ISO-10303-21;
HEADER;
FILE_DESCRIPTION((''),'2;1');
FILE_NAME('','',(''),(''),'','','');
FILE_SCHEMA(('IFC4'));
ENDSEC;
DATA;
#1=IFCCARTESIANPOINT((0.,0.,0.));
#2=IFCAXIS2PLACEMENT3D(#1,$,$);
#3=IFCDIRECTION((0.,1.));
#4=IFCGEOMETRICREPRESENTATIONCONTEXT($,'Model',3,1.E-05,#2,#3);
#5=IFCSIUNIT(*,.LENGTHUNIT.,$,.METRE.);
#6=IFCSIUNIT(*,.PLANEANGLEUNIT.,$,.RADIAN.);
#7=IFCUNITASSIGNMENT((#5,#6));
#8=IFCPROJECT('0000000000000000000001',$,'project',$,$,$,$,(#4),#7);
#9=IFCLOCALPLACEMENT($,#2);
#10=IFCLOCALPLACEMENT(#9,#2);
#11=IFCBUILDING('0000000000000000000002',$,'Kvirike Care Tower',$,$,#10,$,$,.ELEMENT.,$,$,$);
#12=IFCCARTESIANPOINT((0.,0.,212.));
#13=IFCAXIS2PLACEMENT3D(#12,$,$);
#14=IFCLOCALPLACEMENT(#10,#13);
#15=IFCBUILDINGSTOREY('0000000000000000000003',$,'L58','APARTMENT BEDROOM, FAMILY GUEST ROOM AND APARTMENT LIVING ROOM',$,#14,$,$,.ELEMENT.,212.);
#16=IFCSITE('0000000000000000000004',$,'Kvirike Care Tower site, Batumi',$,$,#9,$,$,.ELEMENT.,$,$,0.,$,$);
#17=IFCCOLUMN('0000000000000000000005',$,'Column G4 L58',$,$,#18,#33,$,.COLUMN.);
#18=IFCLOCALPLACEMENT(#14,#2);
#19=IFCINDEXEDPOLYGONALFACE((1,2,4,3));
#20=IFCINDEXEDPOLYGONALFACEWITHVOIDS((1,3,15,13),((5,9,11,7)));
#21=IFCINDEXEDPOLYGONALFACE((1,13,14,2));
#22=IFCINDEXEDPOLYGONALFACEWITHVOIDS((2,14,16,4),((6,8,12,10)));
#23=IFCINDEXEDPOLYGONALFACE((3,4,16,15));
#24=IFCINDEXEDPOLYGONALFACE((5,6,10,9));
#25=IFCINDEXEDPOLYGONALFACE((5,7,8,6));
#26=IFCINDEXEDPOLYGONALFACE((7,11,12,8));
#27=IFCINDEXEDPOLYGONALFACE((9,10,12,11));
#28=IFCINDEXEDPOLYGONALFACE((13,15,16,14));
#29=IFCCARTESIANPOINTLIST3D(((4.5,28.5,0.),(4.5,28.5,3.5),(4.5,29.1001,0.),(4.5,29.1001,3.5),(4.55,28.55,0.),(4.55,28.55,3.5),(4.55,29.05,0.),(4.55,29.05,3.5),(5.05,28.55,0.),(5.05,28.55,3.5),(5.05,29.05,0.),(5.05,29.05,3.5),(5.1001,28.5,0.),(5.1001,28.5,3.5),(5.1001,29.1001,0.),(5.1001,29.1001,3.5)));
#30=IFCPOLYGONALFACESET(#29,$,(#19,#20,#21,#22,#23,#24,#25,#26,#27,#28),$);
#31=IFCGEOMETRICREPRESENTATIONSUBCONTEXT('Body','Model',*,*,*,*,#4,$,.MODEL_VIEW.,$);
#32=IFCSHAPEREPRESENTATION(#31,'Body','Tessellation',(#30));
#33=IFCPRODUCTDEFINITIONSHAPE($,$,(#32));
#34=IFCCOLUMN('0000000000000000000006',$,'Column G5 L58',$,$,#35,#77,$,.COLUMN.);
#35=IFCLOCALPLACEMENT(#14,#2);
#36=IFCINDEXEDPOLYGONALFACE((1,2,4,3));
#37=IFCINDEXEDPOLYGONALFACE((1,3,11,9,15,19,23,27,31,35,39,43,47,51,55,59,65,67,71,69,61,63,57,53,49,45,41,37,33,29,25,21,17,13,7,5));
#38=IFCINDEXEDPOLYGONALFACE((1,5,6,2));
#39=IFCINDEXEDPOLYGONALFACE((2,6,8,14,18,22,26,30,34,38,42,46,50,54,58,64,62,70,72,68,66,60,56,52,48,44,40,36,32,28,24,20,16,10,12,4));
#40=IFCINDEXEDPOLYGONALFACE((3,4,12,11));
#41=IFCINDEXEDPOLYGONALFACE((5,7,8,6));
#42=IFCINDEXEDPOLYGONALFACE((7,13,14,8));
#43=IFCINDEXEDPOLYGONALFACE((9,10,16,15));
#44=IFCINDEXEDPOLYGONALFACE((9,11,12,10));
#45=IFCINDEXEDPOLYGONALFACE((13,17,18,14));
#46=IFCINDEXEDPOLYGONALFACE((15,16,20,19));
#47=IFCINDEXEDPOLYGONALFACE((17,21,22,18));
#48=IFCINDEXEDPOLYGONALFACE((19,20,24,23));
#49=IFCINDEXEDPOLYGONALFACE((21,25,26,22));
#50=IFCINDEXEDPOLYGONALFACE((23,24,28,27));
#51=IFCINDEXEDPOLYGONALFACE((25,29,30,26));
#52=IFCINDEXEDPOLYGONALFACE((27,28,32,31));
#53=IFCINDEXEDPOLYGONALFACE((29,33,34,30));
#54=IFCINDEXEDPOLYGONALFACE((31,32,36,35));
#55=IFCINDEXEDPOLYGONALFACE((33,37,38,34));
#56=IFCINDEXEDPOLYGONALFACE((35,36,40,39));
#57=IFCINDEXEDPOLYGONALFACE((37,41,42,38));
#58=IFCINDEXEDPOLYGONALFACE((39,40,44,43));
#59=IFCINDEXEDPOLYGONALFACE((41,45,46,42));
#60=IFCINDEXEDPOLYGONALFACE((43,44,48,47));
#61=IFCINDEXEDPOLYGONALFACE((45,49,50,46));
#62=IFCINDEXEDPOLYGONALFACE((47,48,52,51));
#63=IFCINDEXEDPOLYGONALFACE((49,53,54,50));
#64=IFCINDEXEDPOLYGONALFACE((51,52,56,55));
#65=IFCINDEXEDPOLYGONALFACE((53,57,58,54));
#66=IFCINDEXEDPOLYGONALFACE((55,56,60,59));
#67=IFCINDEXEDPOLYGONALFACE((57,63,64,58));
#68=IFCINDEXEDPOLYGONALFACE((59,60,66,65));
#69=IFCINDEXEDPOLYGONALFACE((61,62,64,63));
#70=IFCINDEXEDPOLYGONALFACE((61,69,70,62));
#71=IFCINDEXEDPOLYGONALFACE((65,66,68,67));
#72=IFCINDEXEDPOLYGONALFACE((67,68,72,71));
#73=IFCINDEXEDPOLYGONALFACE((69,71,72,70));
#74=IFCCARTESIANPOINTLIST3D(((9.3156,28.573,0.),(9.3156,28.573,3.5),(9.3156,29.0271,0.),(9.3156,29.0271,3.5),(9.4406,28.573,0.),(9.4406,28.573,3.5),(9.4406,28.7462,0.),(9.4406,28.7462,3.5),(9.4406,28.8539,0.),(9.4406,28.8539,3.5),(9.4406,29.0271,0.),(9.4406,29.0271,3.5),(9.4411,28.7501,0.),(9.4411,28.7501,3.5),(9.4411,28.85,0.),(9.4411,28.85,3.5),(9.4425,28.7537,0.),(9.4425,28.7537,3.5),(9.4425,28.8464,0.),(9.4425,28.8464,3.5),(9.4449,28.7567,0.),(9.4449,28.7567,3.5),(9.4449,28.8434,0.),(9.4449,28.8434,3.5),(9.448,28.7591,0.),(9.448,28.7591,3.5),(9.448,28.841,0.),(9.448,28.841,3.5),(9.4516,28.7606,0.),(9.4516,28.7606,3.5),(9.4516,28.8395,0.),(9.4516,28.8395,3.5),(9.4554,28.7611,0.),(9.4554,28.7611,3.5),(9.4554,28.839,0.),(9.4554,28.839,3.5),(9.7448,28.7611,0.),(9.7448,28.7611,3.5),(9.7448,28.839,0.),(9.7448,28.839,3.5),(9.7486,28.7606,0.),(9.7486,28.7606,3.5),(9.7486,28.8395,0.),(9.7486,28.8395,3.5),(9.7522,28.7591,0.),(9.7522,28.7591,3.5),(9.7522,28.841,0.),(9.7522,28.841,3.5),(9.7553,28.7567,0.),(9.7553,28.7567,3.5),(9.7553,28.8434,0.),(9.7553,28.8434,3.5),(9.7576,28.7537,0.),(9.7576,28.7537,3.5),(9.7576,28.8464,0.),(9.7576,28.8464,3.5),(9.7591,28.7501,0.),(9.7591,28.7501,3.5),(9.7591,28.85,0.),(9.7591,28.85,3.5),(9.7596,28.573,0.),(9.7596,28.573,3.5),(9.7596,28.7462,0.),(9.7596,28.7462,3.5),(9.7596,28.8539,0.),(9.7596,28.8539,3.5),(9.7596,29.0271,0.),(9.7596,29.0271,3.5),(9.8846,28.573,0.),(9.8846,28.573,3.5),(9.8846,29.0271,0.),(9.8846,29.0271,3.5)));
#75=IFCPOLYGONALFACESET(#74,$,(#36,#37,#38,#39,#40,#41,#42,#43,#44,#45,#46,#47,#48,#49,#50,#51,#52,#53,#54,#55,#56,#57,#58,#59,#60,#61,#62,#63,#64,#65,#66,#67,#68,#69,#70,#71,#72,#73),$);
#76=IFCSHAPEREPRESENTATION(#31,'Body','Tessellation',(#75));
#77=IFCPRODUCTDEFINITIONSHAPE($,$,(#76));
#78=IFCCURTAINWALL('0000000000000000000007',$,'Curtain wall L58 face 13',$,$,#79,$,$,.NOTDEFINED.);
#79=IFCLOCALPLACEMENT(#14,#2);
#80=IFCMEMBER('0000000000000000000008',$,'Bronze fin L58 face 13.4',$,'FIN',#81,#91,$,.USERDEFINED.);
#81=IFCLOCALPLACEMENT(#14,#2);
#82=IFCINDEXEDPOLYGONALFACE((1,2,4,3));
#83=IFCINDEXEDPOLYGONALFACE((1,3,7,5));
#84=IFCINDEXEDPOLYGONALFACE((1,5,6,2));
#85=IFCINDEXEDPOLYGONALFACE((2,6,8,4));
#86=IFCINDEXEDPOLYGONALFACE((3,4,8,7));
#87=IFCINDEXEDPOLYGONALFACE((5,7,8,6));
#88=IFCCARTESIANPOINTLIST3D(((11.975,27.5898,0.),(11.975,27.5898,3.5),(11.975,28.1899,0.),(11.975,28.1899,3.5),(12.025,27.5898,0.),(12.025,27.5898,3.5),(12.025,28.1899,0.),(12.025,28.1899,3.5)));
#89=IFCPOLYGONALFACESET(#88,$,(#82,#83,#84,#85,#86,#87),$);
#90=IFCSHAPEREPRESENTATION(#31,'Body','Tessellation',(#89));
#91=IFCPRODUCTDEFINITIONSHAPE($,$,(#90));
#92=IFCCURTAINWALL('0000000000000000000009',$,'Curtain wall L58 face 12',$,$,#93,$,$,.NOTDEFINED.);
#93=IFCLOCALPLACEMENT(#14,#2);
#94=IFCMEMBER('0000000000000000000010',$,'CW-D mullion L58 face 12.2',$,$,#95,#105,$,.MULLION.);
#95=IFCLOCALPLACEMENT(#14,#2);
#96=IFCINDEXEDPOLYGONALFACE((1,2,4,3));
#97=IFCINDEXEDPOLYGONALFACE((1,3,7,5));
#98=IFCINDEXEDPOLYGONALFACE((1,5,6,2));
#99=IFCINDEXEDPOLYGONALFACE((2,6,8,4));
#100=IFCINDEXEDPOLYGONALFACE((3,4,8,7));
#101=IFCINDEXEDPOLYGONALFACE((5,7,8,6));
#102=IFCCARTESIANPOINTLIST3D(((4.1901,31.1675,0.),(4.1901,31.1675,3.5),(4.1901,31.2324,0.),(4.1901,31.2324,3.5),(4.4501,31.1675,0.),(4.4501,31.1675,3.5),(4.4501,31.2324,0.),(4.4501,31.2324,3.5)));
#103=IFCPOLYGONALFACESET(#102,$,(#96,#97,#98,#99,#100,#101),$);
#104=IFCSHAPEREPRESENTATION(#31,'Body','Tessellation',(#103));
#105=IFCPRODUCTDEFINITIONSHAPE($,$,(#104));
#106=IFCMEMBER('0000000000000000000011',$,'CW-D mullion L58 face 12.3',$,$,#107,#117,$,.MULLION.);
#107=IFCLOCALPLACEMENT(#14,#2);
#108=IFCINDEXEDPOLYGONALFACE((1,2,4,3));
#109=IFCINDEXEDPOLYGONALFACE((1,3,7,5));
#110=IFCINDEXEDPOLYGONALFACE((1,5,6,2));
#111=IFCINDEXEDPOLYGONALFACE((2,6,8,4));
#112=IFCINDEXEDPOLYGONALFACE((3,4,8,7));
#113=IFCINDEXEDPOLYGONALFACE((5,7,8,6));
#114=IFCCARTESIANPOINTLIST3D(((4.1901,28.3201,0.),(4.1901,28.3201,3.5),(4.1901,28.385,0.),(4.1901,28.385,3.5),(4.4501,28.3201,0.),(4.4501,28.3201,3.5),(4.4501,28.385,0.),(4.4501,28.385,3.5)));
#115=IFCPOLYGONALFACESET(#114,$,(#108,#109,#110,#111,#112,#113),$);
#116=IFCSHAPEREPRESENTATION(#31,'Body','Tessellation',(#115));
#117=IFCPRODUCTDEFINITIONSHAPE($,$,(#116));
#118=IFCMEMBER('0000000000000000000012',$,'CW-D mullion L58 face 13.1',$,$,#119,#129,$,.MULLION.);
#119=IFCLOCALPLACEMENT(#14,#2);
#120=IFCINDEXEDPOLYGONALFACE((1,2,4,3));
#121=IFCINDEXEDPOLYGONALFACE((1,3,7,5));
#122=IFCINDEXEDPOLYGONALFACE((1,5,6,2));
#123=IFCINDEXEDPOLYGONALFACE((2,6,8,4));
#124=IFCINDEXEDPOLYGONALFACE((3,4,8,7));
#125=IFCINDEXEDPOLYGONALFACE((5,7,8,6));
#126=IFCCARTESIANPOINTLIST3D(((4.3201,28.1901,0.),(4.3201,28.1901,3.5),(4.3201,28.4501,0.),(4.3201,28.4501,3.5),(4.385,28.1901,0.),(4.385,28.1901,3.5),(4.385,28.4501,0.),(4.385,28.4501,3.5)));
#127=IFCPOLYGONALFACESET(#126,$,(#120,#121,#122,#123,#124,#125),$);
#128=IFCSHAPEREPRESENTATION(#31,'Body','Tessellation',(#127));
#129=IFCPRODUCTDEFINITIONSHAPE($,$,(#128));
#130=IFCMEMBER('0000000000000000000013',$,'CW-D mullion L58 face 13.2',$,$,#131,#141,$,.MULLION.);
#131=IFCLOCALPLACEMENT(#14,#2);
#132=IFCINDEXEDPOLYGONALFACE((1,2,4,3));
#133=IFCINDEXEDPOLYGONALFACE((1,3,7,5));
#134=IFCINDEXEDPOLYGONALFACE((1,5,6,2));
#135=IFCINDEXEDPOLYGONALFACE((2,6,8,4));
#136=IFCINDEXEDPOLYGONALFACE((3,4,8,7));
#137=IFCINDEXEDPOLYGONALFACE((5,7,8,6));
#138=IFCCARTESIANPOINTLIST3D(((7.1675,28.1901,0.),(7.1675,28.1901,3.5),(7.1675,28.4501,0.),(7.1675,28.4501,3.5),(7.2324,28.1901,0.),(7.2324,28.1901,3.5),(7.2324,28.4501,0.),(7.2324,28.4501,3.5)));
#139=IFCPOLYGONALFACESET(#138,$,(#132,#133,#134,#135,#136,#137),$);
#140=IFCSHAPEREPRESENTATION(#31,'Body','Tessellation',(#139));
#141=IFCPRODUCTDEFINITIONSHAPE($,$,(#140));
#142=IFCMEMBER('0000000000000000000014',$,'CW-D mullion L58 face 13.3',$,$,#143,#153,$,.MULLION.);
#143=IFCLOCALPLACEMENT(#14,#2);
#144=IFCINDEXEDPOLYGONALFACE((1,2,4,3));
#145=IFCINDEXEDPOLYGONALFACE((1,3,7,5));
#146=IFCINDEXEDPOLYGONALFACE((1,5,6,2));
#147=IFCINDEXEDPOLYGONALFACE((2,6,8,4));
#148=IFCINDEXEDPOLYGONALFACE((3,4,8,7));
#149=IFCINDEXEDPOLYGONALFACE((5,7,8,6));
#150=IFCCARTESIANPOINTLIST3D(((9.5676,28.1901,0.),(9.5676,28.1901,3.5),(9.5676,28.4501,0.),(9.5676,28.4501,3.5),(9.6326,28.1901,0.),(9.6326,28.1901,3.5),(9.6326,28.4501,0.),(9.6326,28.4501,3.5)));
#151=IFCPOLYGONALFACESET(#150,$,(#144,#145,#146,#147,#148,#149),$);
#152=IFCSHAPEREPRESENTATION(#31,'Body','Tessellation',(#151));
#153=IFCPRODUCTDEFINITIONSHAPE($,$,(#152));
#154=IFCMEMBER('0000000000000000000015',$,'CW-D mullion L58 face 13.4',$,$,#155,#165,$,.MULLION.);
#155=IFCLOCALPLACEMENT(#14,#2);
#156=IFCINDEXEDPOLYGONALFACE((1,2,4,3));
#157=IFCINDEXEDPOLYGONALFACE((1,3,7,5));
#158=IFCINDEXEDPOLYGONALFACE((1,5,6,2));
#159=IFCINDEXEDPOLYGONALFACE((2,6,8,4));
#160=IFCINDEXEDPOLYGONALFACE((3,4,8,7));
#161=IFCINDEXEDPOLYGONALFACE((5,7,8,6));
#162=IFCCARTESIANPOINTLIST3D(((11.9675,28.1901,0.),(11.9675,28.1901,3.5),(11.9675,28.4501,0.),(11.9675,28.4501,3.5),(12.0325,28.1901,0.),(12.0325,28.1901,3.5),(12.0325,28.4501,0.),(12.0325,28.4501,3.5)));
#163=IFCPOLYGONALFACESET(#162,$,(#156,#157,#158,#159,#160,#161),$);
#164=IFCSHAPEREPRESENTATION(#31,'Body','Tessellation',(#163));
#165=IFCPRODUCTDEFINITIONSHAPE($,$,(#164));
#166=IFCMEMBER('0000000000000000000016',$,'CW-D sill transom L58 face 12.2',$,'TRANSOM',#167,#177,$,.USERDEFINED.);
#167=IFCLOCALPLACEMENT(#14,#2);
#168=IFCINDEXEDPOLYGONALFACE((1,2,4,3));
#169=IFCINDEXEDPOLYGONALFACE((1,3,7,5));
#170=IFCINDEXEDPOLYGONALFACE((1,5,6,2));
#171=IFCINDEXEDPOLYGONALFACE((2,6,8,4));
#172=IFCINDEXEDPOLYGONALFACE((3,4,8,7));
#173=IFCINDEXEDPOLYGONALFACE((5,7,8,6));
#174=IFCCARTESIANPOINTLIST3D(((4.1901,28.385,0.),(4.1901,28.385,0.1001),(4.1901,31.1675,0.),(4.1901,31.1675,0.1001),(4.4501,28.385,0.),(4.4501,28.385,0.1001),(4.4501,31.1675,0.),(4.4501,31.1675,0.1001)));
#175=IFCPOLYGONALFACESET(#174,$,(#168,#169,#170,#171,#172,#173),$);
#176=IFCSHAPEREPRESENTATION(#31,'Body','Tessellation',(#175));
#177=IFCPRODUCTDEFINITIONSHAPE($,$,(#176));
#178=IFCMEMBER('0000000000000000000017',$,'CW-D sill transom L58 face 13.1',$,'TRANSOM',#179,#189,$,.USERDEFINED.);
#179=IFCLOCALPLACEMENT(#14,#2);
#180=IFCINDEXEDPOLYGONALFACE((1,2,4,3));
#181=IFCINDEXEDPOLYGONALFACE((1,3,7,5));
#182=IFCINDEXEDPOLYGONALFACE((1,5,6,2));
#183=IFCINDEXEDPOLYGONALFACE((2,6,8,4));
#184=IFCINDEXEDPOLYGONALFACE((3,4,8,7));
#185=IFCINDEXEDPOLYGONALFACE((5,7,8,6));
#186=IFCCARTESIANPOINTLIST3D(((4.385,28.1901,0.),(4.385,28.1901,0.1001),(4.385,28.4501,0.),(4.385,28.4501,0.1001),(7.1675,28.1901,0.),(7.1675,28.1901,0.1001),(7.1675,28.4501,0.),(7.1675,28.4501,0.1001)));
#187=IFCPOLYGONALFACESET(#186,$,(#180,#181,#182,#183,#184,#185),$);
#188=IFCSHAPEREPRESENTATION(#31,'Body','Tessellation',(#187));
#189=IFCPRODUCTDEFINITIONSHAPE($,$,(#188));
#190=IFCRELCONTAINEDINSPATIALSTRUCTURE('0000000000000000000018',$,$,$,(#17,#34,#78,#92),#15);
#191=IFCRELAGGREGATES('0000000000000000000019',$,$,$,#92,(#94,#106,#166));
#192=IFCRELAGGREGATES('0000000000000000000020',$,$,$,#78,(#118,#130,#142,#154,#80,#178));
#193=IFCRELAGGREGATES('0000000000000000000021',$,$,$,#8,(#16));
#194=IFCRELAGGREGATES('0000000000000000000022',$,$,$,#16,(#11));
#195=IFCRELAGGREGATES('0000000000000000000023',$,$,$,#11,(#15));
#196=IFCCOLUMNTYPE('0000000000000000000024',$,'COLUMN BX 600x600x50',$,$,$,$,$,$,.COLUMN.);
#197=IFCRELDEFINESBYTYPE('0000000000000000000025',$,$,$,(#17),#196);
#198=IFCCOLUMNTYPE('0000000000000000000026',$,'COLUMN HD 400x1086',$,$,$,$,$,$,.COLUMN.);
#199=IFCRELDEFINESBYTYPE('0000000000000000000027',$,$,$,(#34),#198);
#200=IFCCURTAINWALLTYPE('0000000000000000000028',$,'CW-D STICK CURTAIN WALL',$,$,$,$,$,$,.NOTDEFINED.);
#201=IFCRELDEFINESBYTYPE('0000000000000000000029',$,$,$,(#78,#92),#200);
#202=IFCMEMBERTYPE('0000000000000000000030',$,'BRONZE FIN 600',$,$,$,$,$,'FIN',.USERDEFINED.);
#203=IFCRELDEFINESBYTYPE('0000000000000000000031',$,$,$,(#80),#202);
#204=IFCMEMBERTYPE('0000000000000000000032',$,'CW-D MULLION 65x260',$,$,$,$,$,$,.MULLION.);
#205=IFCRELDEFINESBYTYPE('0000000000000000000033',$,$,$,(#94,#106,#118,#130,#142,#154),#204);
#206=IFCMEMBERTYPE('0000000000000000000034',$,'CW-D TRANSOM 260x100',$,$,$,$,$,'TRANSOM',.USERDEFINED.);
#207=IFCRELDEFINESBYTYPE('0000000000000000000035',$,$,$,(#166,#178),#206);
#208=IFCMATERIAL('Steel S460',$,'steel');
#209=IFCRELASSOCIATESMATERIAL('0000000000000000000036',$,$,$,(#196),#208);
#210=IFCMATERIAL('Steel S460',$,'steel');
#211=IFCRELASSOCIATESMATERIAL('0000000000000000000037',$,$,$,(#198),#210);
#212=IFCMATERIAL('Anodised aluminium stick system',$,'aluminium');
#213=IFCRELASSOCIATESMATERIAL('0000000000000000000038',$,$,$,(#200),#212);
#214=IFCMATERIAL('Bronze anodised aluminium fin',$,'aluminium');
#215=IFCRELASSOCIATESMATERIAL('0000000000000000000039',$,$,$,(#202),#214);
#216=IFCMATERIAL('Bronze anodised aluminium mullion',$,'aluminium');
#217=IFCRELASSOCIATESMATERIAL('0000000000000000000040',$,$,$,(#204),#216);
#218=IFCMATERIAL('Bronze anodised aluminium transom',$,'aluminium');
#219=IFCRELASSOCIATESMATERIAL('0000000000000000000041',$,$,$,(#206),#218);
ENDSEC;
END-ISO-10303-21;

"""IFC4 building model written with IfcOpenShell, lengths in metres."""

from ifc_helpers import new_model, si_unit, direction, frame, origin, origin_2d, place, context, subcontext, project, spatial, rectangle, hollow_rectangle, i_section, extrude, material, material_profile, profile_set, type_object, element, aggregate, save


model = new_model("IFC4")

# Units and contexts
model_context = context("Model", 3, precision=1e-05, world=origin(), true_north=direction((0.0, 1.0)))
body_context = subcontext(model_context, "Body", "Model", "MODEL_VIEW")
ifc_project = project(units=[si_unit("LENGTHUNIT", "METRE"), si_unit("PLANEANGLEUNIT", "RADIAN")], contexts=[model_context])

# Site, building, storey
site_placement = place(None, origin())
site = spatial("IfcSite", under=ifc_project, at=site_placement, Name="Kvirike Care Tower site, Batumi", CompositionType="ELEMENT", RefElevation=0.0)
building_placement = place(site_placement, origin())
building = spatial("IfcBuilding", under=site, at=building_placement, Name="Kvirike Care Tower", CompositionType="ELEMENT")
storey_placement = place(building_placement, frame((0.0, 0.0, 212.0)))
storey = spatial("IfcBuildingStorey", under=building, at=storey_placement, Name="L58", Description="APARTMENT BEDROOM, FAMILY GUEST ROOM AND APARTMENT LIVING ROOM", CompositionType="ELEMENT", Elevation=212.0)

# Columns
ifc_material_1 = material(Name="Steel S460", Category="steel")
ifc_material_profile_1 = material_profile(ifc_material_1, hollow_rectangle(XDim=0.6001, YDim=0.6001, WallThickness=0.05, at=origin_2d()), Name="BX 600x600x50")
ifc_profile_set_1 = profile_set([ifc_material_profile_1], Name="Steel S460")
column_type_1 = type_object("IfcColumnType", Name="COLUMN BX 600x600x50", PredefinedType="COLUMN", material=ifc_profile_set_1)
column_1_placement = place(storey_placement, frame((4.8, 28.8, 0.0), z_axis=(0.0, 0.0, 1.0), x_axis=(0.0, 1.0, 0.0)))
element("IfcColumn", 1, at=column_1_placement, inside=storey, type_object=column_type_1, Name="Column G4 L58", PredefinedType="COLUMN", context=body_context, shape_type="SweptSolid", body=[
    extrude(hollow_rectangle(XDim=0.6001, YDim=0.6001, WallThickness=0.05, at=origin_2d()), origin(), (0.0, 0.0, 1.0), 3.5),
])
ifc_material_2 = material(Name="Steel S460", Category="steel")
ifc_material_profile_2 = material_profile(ifc_material_2, i_section(OverallWidth=0.4541, OverallDepth=0.5691, WebThickness=0.0779, FlangeThickness=0.125, FilletRadius=0.0149, at=origin_2d()), Name="HD 400x1086")
ifc_profile_set_2 = profile_set([ifc_material_profile_2], Name="Steel S460")
column_type_2 = type_object("IfcColumnType", Name="COLUMN HD 400x1086", PredefinedType="COLUMN", material=ifc_profile_set_2)
column_2_placement = place(storey_placement, frame((9.6001, 28.8, 0.0), z_axis=(0.0, 0.0, 1.0), x_axis=(0.0, 1.0, 0.0)))
element("IfcColumn", 2, at=column_2_placement, inside=storey, type_object=column_type_2, Name="Column G5 L58", PredefinedType="COLUMN", context=body_context, shape_type="SweptSolid", body=[
    extrude(i_section(OverallWidth=0.4541, OverallDepth=0.5691, WebThickness=0.0779, FlangeThickness=0.125, FilletRadius=0.0149, at=origin_2d()), origin(), (0.0, 0.0, 1.0), 3.5),
])

# Curtain wall, member
ifc_material_3 = material(Name="Anodised aluminium stick system", Category="aluminium")
curtain_wall_type = type_object("IfcCurtainWallType", Name="CW-D STICK CURTAIN WALL", PredefinedType="NOTDEFINED", material=ifc_material_3)
curtain_wall_1_placement = place(storey_placement, origin())
curtain_wall_1 = element("IfcCurtainWall", 3, at=curtain_wall_1_placement, inside=storey, type_object=curtain_wall_type, Name="Curtain wall L58 face 13", PredefinedType="NOTDEFINED")
ifc_material_4 = material(Name="Bronze anodised aluminium fin", Category="aluminium")
ifc_material_profile_3 = material_profile(ifc_material_4, rectangle(XDim=0.05, YDim=0.6001, at=origin_2d()), Name="BRONZE FIN 600")
ifc_profile_set_3 = profile_set([ifc_material_profile_3], Name="Bronze anodised aluminium fin")
member_type_1 = type_object("IfcMemberType", Name="BRONZE FIN 600", ElementType="FIN", PredefinedType="USERDEFINED", material=ifc_profile_set_3)
member_1_placement = place(storey_placement, frame((12.0, 27.8899, 0.0), z_axis=(0.0, 0.0, 1.0), x_axis=(1.0, 0.0, 0.0)))
member_1 = element("IfcMember", 4, at=member_1_placement, type_object=member_type_1, Name="Bronze fin L58 face 13.4", ObjectType="FIN", PredefinedType="USERDEFINED", context=body_context, shape_type="SweptSolid", body=[
    extrude(rectangle(XDim=0.05, YDim=0.6001, at=origin_2d()), origin(), (0.0, 0.0, 1.0), 3.5),
])

# Curtain wall, members
curtain_wall_2_placement = place(storey_placement, origin())
curtain_wall_2 = element("IfcCurtainWall", 5, at=curtain_wall_2_placement, inside=storey, type_object=curtain_wall_type, Name="Curtain wall L58 face 12", PredefinedType="NOTDEFINED")
ifc_material_5 = material(Name="Bronze anodised aluminium mullion", Category="aluminium")
ifc_material_profile_4 = material_profile(ifc_material_5, rectangle(XDim=0.0649, YDim=0.26, at=origin_2d()), Name="CW-D MULLION 65x260")
ifc_profile_set_4 = profile_set([ifc_material_profile_4], Name="Bronze anodised aluminium mullion")
member_type_2 = type_object("IfcMemberType", Name="CW-D MULLION 65x260", PredefinedType="MULLION", material=ifc_profile_set_4)
member_2_placement = place(storey_placement, frame((4.3201, 31.2, 0.0), z_axis=(0.0, 0.0, 1.0), x_axis=(0.0, -1.0, 0.0)))
member_2 = element("IfcMember", 6, at=member_2_placement, type_object=member_type_2, Name="CW-D mullion L58 face 12.2", PredefinedType="MULLION", context=body_context, shape_type="SweptSolid", body=[
    extrude(rectangle(XDim=0.0649, YDim=0.26, at=origin_2d()), origin(), (0.0, 0.0, 1.0), 3.5),
])
member_3_placement = place(storey_placement, frame((4.3201, 28.3525, 0.0), z_axis=(0.0, 0.0, 1.0), x_axis=(0.0, -1.0, 0.0)))
member_3 = element("IfcMember", 7, at=member_3_placement, type_object=member_type_2, Name="CW-D mullion L58 face 12.3", PredefinedType="MULLION", context=body_context, shape_type="SweptSolid", body=[
    extrude(rectangle(XDim=0.0649, YDim=0.26, at=origin_2d()), origin(), (0.0, 0.0, 1.0), 3.5),
])

# Members
member_4_placement = place(storey_placement, frame((4.3525, 28.3201, 0.0), z_axis=(0.0, 0.0, 1.0), x_axis=(1.0, 0.0, 0.0)))
member_4 = element("IfcMember", 8, at=member_4_placement, type_object=member_type_2, Name="CW-D mullion L58 face 13.1", PredefinedType="MULLION", context=body_context, shape_type="SweptSolid", body=[
    extrude(rectangle(XDim=0.0649, YDim=0.26, at=origin_2d()), origin(), (0.0, 0.0, 1.0), 3.5),
])
member_5_placement = place(storey_placement, frame((7.2, 28.3201, 0.0), z_axis=(0.0, 0.0, 1.0), x_axis=(1.0, 0.0, 0.0)))
member_5 = element("IfcMember", 9, at=member_5_placement, type_object=member_type_2, Name="CW-D mullion L58 face 13.2", PredefinedType="MULLION", context=body_context, shape_type="SweptSolid", body=[
    extrude(rectangle(XDim=0.0649, YDim=0.26, at=origin_2d()), origin(), (0.0, 0.0, 1.0), 3.5),
])
member_6_placement = place(storey_placement, frame((9.6001, 28.3201, 0.0), z_axis=(0.0, 0.0, 1.0), x_axis=(1.0, 0.0, 0.0)))
member_6 = element("IfcMember", 10, at=member_6_placement, type_object=member_type_2, Name="CW-D mullion L58 face 13.3", PredefinedType="MULLION", context=body_context, shape_type="SweptSolid", body=[
    extrude(rectangle(XDim=0.0649, YDim=0.26, at=origin_2d()), origin(), (0.0, 0.0, 1.0), 3.5),
])
member_7_placement = place(storey_placement, frame((12.0, 28.3201, 0.0), z_axis=(0.0, 0.0, 1.0), x_axis=(1.0, 0.0, 0.0)))
member_7 = element("IfcMember", 11, at=member_7_placement, type_object=member_type_2, Name="CW-D mullion L58 face 13.4", PredefinedType="MULLION", context=body_context, shape_type="SweptSolid", body=[
    extrude(rectangle(XDim=0.0649, YDim=0.26, at=origin_2d()), origin(), (0.0, 0.0, 1.0), 3.5),
])
ifc_material_6 = material(Name="Bronze anodised aluminium transom", Category="aluminium")
ifc_material_profile_5 = material_profile(ifc_material_6, rectangle(XDim=0.26, YDim=0.1001, at=origin_2d()), Name="CW-D TRANSOM 260x100")
ifc_profile_set_5 = profile_set([ifc_material_profile_5], Name="Bronze anodised aluminium transom")
member_type_3 = type_object("IfcMemberType", Name="CW-D TRANSOM 260x100", ElementType="TRANSOM", PredefinedType="USERDEFINED", material=ifc_profile_set_5)
member_8_placement = place(storey_placement, frame((4.3201, 31.1675, 0.05), z_axis=(0.0, -1.0, 0.0), x_axis=(1.0, 0.0, 0.0)))
member_8 = element("IfcMember", 12, at=member_8_placement, type_object=member_type_3, Name="CW-D sill transom L58 face 12.2", ObjectType="TRANSOM", PredefinedType="USERDEFINED", context=body_context, shape_type="SweptSolid", body=[
    extrude(rectangle(XDim=0.26, YDim=0.1001, at=origin_2d()), origin(), (0.0, 0.0, 1.0), 2.7825),
])
member_9_placement = place(storey_placement, frame((4.385, 28.3201, 0.05), z_axis=(1.0, 0.0, 0.0), x_axis=(0.0, 1.0, 0.0)))
member_9 = element("IfcMember", 13, at=member_9_placement, type_object=member_type_3, Name="CW-D sill transom L58 face 13.1", ObjectType="TRANSOM", PredefinedType="USERDEFINED", context=body_context, shape_type="SweptSolid", body=[
    extrude(rectangle(XDim=0.26, YDim=0.1001, at=origin_2d()), origin(), (0.0, 0.0, 1.0), 2.7825),
])

aggregate(curtain_wall_2, [member_2, member_3, member_8])
aggregate(curtain_wall_1, [member_4, member_5, member_6, member_7, member_1, member_9])

save(model, "model.ifc")
